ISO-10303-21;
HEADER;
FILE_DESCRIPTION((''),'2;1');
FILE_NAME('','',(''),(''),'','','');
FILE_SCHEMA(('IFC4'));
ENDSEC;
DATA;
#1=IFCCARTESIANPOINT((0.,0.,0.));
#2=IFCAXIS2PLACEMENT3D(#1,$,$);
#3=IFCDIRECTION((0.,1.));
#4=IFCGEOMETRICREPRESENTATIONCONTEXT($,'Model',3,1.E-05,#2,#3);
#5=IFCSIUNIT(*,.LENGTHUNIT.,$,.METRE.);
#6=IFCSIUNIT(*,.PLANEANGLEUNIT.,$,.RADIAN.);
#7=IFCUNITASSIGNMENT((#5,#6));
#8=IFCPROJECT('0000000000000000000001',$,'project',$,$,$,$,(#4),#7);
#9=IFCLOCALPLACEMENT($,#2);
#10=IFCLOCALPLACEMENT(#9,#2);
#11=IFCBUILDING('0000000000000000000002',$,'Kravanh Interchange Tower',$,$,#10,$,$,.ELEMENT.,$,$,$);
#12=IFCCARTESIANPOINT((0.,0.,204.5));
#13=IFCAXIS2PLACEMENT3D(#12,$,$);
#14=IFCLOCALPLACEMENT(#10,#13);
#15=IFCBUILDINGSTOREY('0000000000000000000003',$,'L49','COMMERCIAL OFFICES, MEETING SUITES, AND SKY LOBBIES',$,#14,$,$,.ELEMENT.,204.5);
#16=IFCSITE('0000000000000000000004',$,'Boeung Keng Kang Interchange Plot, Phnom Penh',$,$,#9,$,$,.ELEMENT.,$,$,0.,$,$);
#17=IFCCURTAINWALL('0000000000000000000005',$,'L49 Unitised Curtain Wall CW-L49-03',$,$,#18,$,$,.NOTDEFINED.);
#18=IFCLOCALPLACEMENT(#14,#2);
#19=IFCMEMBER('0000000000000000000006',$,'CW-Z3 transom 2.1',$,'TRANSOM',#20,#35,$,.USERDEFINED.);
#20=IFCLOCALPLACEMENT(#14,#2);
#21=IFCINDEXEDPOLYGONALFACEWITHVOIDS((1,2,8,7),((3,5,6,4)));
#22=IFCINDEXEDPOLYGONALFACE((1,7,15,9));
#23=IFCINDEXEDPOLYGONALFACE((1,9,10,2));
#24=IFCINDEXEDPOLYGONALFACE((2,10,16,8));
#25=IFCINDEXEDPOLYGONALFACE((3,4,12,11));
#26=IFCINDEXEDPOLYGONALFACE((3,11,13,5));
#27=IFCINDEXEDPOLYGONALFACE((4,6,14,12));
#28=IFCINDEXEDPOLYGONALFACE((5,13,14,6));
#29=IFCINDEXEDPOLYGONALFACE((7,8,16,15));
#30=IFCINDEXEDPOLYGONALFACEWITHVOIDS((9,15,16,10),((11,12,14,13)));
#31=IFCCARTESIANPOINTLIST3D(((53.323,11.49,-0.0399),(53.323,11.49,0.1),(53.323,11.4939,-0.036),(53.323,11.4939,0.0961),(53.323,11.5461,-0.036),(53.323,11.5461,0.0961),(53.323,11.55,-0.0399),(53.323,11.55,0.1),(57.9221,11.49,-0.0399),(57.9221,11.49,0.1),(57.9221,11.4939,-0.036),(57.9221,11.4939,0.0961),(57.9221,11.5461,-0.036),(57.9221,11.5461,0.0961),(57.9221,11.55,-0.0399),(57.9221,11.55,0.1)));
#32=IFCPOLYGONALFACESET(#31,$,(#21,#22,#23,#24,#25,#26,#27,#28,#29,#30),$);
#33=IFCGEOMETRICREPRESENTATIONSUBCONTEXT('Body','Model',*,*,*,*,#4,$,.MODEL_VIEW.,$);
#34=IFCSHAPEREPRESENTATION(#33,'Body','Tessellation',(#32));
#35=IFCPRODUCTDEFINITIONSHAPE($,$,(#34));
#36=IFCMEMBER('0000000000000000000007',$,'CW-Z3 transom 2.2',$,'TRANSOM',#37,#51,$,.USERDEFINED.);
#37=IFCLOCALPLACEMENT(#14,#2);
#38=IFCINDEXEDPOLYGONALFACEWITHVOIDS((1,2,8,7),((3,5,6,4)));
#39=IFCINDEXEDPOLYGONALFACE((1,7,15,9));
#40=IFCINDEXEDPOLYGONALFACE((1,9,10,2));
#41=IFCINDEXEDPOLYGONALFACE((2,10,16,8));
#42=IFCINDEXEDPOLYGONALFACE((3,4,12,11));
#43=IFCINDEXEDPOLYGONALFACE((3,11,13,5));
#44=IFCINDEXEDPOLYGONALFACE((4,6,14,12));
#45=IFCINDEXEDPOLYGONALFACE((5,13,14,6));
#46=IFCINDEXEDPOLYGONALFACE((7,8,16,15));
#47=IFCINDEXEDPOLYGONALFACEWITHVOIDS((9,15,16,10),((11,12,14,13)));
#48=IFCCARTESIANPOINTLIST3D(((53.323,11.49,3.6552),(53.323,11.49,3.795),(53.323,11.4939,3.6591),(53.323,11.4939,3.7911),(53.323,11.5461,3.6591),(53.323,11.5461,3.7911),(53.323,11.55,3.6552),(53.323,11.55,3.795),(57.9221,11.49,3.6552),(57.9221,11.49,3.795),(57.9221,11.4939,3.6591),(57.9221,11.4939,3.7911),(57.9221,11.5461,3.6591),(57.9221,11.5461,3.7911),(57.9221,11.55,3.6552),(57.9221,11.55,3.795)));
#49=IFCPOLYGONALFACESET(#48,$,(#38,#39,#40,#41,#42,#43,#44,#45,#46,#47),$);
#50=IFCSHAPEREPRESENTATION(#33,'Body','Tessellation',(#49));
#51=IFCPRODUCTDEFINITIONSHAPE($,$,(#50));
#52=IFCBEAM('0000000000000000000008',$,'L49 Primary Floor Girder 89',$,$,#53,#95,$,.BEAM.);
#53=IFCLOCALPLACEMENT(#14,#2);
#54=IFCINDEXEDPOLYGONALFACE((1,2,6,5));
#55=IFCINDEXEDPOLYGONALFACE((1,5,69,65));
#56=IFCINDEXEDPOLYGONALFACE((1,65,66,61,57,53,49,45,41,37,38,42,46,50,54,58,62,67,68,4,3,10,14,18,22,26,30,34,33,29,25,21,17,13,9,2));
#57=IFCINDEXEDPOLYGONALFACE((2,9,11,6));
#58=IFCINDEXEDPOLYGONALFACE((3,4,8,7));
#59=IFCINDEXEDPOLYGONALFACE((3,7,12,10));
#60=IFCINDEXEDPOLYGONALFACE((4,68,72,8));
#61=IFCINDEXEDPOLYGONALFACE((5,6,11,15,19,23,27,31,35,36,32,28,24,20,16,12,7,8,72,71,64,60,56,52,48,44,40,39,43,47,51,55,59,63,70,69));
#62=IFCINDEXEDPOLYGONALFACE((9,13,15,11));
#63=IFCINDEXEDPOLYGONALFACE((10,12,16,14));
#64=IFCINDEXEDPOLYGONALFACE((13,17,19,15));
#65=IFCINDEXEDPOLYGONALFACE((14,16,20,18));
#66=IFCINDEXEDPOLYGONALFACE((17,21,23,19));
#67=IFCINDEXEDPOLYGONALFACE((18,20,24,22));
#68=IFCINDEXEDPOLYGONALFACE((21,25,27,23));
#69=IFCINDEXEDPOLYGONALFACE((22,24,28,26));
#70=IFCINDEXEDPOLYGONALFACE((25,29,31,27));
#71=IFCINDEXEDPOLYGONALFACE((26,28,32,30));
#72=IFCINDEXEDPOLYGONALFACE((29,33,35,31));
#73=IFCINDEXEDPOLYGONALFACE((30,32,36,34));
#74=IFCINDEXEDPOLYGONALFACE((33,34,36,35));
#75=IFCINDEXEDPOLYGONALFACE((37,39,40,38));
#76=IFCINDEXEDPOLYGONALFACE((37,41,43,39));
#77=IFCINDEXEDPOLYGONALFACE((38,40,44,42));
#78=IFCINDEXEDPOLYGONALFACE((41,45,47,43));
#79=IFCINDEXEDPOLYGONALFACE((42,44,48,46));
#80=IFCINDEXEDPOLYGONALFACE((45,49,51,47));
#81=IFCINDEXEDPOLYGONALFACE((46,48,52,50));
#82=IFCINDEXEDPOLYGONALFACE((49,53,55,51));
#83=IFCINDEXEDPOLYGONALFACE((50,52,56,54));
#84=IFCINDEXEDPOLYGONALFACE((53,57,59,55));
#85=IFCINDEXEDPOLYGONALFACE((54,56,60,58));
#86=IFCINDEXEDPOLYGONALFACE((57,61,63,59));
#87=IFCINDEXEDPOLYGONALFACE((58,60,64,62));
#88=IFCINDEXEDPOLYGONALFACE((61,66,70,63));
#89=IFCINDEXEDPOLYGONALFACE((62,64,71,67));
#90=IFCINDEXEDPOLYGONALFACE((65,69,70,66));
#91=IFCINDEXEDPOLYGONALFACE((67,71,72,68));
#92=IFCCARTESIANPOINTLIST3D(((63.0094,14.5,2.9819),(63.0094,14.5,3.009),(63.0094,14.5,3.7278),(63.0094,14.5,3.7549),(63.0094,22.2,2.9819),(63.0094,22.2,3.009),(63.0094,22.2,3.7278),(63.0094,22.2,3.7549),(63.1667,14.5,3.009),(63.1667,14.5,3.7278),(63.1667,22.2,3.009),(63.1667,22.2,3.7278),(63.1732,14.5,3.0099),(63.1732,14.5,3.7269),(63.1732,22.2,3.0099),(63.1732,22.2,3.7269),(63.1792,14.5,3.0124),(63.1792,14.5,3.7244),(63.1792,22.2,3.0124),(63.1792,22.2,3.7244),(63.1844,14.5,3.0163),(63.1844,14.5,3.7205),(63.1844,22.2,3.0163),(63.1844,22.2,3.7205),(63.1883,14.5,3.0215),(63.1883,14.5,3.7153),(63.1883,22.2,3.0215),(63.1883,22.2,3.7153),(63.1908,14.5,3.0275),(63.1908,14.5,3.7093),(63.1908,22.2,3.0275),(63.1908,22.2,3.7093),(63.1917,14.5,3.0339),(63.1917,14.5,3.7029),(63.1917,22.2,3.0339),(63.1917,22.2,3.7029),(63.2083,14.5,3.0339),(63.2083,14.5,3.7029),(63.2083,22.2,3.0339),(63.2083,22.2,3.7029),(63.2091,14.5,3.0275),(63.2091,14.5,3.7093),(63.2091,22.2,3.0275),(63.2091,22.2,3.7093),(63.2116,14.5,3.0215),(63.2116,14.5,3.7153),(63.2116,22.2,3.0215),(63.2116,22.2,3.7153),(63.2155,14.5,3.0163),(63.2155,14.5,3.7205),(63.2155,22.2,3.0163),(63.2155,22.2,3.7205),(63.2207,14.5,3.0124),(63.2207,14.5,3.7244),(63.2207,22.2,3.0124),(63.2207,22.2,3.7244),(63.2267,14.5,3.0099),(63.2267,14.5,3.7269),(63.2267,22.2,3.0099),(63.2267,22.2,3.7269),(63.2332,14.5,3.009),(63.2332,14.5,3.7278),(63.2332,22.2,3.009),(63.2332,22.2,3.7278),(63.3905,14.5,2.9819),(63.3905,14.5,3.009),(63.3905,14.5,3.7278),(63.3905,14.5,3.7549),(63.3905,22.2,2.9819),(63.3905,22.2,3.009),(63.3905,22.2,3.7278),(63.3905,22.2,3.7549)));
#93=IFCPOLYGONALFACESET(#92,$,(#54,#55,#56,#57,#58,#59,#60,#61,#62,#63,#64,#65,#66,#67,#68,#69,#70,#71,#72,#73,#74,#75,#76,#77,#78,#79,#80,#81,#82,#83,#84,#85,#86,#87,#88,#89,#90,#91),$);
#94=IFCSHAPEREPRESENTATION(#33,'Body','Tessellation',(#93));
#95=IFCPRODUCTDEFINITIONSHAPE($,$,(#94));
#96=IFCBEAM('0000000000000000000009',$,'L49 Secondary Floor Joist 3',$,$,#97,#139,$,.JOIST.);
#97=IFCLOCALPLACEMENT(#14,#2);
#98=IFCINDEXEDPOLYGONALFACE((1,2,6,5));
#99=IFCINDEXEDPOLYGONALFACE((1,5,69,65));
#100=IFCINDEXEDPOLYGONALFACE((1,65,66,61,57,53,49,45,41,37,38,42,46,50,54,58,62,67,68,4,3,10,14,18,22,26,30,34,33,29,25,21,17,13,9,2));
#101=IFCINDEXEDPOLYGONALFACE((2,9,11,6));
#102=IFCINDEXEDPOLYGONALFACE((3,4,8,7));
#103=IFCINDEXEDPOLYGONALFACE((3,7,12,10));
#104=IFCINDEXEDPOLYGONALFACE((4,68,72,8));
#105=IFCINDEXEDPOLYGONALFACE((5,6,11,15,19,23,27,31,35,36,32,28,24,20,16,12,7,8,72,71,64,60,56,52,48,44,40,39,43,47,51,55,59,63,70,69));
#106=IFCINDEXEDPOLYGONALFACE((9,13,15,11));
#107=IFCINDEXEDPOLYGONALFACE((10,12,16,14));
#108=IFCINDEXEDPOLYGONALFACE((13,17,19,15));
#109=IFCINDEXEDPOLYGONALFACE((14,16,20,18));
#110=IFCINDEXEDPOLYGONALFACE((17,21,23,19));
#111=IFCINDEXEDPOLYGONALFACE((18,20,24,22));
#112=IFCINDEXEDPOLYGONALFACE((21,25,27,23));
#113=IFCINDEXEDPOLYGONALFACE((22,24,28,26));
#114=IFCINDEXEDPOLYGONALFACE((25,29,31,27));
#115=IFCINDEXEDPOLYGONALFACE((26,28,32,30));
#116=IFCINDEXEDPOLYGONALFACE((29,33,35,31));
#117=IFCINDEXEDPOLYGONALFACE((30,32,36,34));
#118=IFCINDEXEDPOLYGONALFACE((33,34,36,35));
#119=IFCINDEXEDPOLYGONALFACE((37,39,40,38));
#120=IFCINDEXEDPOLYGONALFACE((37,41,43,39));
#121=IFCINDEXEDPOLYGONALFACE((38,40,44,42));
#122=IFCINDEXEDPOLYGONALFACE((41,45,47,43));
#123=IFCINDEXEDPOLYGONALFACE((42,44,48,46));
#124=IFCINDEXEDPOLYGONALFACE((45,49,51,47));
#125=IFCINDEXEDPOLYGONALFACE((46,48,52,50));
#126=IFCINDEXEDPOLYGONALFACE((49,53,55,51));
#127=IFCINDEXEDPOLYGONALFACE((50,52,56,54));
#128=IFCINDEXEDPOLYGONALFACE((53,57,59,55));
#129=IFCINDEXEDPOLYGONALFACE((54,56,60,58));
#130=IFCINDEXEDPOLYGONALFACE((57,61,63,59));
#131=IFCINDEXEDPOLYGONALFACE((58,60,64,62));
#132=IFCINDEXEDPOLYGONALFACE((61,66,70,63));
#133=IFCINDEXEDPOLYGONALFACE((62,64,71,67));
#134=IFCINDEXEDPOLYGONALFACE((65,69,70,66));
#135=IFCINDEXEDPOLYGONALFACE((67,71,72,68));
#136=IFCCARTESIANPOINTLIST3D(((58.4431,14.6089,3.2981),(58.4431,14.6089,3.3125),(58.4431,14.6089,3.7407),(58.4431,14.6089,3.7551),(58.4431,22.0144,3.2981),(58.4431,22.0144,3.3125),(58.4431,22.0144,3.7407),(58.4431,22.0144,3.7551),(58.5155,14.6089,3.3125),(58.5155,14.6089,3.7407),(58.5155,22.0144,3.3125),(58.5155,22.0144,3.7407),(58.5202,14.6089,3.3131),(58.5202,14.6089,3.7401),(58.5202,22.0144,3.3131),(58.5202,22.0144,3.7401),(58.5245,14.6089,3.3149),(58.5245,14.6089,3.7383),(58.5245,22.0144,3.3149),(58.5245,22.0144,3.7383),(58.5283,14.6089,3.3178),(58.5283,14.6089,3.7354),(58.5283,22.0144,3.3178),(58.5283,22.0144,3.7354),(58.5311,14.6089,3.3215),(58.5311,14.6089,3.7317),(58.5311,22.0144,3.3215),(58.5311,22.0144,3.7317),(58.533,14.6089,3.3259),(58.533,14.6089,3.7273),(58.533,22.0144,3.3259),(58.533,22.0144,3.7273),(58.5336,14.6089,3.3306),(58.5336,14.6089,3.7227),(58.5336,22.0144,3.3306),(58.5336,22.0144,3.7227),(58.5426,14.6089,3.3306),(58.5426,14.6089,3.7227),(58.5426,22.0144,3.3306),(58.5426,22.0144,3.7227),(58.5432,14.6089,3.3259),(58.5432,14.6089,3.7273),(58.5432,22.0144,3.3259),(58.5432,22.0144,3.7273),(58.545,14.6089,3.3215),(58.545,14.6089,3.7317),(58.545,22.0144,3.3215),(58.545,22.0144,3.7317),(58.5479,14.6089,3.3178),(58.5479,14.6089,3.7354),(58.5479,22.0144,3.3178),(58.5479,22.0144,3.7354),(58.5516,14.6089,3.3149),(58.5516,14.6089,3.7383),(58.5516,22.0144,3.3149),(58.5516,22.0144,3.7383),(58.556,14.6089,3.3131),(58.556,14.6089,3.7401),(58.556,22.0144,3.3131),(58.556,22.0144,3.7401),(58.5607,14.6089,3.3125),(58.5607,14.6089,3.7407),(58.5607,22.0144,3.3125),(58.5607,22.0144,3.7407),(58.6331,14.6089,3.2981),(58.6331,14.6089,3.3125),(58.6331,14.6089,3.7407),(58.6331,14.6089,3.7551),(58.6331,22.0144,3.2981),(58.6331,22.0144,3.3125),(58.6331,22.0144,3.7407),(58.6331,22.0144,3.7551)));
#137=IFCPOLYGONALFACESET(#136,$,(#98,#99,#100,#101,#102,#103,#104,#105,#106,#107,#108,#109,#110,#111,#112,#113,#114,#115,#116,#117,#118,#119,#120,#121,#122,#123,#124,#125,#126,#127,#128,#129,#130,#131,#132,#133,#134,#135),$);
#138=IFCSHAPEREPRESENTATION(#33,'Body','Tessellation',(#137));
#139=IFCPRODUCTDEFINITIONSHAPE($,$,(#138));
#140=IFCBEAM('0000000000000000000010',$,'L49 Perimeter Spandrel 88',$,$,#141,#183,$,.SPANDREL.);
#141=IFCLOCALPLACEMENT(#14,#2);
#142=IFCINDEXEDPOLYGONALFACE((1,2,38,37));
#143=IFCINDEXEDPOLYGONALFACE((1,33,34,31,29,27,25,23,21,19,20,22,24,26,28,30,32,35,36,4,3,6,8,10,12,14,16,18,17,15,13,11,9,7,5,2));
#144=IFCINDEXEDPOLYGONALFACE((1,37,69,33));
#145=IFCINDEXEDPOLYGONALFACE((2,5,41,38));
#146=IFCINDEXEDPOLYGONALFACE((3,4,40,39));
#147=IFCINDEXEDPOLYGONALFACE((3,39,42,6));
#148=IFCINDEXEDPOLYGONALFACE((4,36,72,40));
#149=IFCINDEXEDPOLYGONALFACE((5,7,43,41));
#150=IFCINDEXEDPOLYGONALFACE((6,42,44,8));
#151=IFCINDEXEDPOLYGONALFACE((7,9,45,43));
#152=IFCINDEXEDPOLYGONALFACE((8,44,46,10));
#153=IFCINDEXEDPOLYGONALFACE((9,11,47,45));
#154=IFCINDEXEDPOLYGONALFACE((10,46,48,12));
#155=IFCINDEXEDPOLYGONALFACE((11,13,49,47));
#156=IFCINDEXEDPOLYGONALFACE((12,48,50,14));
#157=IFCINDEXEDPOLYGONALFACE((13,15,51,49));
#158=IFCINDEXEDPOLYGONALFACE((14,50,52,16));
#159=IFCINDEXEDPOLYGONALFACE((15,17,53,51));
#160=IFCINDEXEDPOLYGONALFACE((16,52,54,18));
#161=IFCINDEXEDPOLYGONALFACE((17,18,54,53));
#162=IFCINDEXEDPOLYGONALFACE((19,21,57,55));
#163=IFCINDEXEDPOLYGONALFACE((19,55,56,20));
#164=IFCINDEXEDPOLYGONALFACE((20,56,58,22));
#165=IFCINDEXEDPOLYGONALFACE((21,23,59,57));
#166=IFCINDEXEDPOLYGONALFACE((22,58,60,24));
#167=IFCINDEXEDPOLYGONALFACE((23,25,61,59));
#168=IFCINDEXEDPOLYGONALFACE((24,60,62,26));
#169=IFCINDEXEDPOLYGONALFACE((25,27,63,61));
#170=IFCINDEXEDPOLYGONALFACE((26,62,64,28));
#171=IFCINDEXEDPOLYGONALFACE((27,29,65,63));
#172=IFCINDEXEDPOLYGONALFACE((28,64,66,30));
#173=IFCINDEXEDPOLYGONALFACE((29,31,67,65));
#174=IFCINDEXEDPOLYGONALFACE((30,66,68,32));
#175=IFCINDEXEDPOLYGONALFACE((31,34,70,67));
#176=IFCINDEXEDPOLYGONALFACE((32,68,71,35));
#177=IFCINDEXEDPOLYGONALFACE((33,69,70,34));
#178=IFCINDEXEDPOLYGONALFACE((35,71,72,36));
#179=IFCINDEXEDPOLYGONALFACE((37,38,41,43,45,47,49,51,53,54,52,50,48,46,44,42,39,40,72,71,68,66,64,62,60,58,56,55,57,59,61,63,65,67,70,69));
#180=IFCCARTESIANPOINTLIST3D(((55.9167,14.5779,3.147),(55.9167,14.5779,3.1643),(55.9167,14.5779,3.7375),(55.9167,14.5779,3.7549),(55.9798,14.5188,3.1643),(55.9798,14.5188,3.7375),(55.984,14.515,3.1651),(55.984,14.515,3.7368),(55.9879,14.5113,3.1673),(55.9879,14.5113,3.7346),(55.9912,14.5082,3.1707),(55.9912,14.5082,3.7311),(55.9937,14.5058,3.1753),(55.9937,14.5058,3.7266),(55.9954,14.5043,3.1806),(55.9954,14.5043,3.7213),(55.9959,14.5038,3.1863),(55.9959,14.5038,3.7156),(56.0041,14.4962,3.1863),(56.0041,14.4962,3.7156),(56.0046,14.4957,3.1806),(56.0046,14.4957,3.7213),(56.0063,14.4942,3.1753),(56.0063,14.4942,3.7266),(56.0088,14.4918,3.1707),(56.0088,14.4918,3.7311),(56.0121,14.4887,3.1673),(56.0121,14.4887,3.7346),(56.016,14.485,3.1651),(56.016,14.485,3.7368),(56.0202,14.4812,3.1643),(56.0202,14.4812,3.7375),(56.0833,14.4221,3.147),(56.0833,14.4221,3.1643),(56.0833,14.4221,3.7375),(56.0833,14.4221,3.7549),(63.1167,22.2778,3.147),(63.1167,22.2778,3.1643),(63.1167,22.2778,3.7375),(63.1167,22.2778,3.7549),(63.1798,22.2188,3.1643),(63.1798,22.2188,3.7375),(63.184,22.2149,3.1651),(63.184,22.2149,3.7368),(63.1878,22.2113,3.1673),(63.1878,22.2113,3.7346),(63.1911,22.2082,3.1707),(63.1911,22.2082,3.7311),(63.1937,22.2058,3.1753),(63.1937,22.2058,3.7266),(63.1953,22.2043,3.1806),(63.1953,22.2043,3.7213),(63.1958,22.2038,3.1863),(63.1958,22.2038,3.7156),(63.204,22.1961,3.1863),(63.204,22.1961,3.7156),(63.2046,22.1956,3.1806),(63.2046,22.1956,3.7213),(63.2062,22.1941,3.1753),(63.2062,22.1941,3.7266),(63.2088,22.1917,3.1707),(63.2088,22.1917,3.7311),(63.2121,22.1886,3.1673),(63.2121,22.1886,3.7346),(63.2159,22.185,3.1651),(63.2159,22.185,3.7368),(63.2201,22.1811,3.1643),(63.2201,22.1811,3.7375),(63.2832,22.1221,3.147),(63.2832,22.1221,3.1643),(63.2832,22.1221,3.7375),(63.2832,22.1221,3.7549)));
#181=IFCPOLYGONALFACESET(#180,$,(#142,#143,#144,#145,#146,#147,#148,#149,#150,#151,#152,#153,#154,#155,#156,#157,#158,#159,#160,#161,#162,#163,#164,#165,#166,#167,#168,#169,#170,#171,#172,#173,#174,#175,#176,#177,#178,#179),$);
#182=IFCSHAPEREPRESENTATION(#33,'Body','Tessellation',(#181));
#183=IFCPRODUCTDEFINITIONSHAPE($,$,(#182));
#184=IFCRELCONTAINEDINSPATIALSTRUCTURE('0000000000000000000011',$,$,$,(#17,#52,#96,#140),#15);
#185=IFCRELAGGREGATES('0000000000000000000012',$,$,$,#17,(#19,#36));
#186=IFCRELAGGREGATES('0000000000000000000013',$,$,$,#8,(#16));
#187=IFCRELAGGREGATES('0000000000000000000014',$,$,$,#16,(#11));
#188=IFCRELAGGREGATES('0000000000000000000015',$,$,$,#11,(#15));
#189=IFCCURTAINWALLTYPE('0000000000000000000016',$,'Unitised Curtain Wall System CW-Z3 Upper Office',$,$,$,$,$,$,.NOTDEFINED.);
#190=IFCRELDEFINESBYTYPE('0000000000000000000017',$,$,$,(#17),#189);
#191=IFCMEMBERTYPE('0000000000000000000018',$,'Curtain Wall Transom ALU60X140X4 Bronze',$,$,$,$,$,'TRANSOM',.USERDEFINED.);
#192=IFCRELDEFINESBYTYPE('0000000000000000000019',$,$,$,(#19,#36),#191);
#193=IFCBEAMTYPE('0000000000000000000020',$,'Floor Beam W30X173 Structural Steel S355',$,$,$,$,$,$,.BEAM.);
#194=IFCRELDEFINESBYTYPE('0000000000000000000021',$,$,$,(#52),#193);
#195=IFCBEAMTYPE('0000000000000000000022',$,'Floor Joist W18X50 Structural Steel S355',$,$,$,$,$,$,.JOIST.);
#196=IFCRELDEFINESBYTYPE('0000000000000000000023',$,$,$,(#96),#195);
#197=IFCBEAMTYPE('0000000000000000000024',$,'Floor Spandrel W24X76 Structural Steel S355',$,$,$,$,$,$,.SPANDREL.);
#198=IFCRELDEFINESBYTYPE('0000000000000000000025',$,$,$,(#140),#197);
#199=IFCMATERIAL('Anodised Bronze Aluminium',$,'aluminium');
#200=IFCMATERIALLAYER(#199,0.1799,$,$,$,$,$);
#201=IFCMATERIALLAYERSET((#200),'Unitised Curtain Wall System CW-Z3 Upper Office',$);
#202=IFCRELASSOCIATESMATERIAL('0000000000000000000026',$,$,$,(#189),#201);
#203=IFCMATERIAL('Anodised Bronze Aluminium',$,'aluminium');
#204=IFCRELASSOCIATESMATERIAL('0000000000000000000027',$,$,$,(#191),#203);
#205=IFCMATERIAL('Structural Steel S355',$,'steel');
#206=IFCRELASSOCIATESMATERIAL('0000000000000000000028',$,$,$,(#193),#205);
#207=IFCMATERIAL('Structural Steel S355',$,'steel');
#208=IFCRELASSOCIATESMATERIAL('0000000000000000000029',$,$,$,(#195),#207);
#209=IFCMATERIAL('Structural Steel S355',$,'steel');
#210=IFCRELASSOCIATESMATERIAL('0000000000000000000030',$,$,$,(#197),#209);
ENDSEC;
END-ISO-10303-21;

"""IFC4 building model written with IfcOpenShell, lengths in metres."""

from ifc_helpers import new_model, si_unit, direction, frame, origin, origin_2d, place, context, subcontext, project, spatial, hollow_rectangle, i_section, extrude, material, layer, layer_set, material_profile, profile_set, type_object, element, aggregate, save


model = new_model("IFC4")

# Units and contexts
model_context = context("Model", 3, precision=1e-05, world=origin(), true_north=direction((0.0, 1.0)))
body_context = subcontext(model_context, "Body", "Model", "MODEL_VIEW")
ifc_project = project(units=[si_unit("LENGTHUNIT", "METRE"), si_unit("PLANEANGLEUNIT", "RADIAN")], contexts=[model_context])

# Site, building, storey
site_placement = place(None, origin())
site = spatial("IfcSite", under=ifc_project, at=site_placement, Name="Boeung Keng Kang Interchange Plot, Phnom Penh", CompositionType="ELEMENT", RefElevation=0.0)
building_placement = place(site_placement, origin())
building = spatial("IfcBuilding", under=site, at=building_placement, Name="Kravanh Interchange Tower", CompositionType="ELEMENT")
storey_placement = place(building_placement, frame((0.0, 0.0, 204.5)))
storey = spatial("IfcBuildingStorey", under=building, at=storey_placement, Name="L49", Description="COMMERCIAL OFFICES, MEETING SUITES, AND SKY LOBBIES", CompositionType="ELEMENT", Elevation=204.5)

# Curtain wall
ifc_material_1 = material(Name="Anodised Bronze Aluminium", Category="aluminium")
ifc_layer_1 = layer(ifc_material_1, 0.1799)
ifc_layer_set_1 = layer_set([ifc_layer_1], Name="Unitised Curtain Wall System CW-Z3 Upper Office")
curtain_wall_type = type_object("IfcCurtainWallType", Name="Unitised Curtain Wall System CW-Z3 Upper Office", PredefinedType="NOTDEFINED", material=ifc_layer_set_1)
curtain_wall_1_placement = place(storey_placement, origin())
curtain_wall_1 = element("IfcCurtainWall", 1, at=curtain_wall_1_placement, inside=storey, type_object=curtain_wall_type, Name="L49 Unitised Curtain Wall CW-L49-03", PredefinedType="NOTDEFINED")

# Members
ifc_material_2 = material(Name="Anodised Bronze Aluminium", Category="aluminium")
ifc_material_profile_1 = material_profile(ifc_material_2, hollow_rectangle(XDim=0.0601, YDim=0.1399, WallThickness=0.0039, at=origin_2d()), Name="ALU60X140X4")
ifc_profile_set_1 = profile_set([ifc_material_profile_1], Name="Anodised Bronze Aluminium")
member_type_1 = type_object("IfcMemberType", Name="Curtain Wall Transom ALU60X140X4 Bronze", ElementType="TRANSOM", PredefinedType="USERDEFINED", material=ifc_profile_set_1)
member_1_placement = place(storey_placement, frame((57.9221, 11.52, 0.03), z_axis=(-1.0, 0.0, 0.0), x_axis=(0.0, -1.0, 0.0)))
member_1 = element("IfcMember", 2, at=member_1_placement, type_object=member_type_1, Name="CW-Z3 transom 2.1", ObjectType="TRANSOM", PredefinedType="USERDEFINED", context=body_context, shape_type="SweptSolid", body=[
    extrude(hollow_rectangle(XDim=0.0601, YDim=0.1399, WallThickness=0.0039, at=origin_2d()), origin(), (0.0, 0.0, 1.0), 4.5991),
])
member_2_placement = place(storey_placement, frame((57.9221, 11.52, 3.7251), z_axis=(-1.0, 0.0, 0.0), x_axis=(0.0, -1.0, 0.0)))
member_2 = element("IfcMember", 3, at=member_2_placement, type_object=member_type_1, Name="CW-Z3 transom 2.2", ObjectType="TRANSOM", PredefinedType="USERDEFINED", context=body_context, shape_type="SweptSolid", body=[
    extrude(hollow_rectangle(XDim=0.0601, YDim=0.1399, WallThickness=0.0039, at=origin_2d()), origin(), (0.0, 0.0, 1.0), 4.5991),
])

# Beams
ifc_material_3 = material(Name="Structural Steel S355", Category="steel")
ifc_material_profile_2 = material_profile(ifc_material_3, i_section(OverallWidth=0.3811, OverallDepth=0.7729, WebThickness=0.0166, FlangeThickness=0.0271, FilletRadius=0.0249, at=origin_2d()), Name="W30X173")
ifc_profile_set_2 = profile_set([ifc_material_profile_2], Name="Structural Steel S355")
beam_type_1 = type_object("IfcBeamType", Name="Floor Beam W30X173 Structural Steel S355", PredefinedType="BEAM", material=ifc_profile_set_2)
beam_1_placement = place(storey_placement, frame((63.2, 14.5, 3.3684), z_axis=(0.0, 1.0, 0.0), x_axis=(-1.0, 0.0, 0.0)))
element("IfcBeam", 4, at=beam_1_placement, inside=storey, type_object=beam_type_1, Name="L49 Primary Floor Girder 89", PredefinedType="BEAM", context=body_context, shape_type="SweptSolid", body=[
    extrude(i_section(OverallWidth=0.3811, OverallDepth=0.7729, WebThickness=0.0166, FlangeThickness=0.0271, FilletRadius=0.0249, at=origin_2d()), origin(), (0.0, 0.0, 1.0), 7.7),
])
ifc_material_4 = material(Name="Structural Steel S355", Category="steel")
ifc_material_profile_3 = material_profile(ifc_material_4, i_section(OverallWidth=0.1899, OverallDepth=0.457, WebThickness=0.009, FlangeThickness=0.0144, FilletRadius=0.0181, at=origin_2d()), Name="W18X50")
ifc_profile_set_3 = profile_set([ifc_material_profile_3], Name="Structural Steel S355")
beam_type_2 = type_object("IfcBeamType", Name="Floor Joist W18X50 Structural Steel S355", PredefinedType="JOIST", material=ifc_profile_set_3)
beam_2_placement = place(storey_placement, frame((58.5381, 14.6089, 3.5266), z_axis=(0.0, 1.0, 0.0), x_axis=(-1.0, 0.0, 0.0)))
element("IfcBeam", 5, at=beam_2_placement, inside=storey, type_object=beam_type_2, Name="L49 Secondary Floor Joist 3", PredefinedType="JOIST", context=body_context, shape_type="SweptSolid", body=[
    extrude(i_section(OverallWidth=0.1899, OverallDepth=0.457, WebThickness=0.009, FlangeThickness=0.0144, FilletRadius=0.0181, at=origin_2d()), origin(), (0.0, 0.0, 1.0), 7.4055),
])
ifc_material_5 = material(Name="Structural Steel S355", Category="steel")
ifc_material_profile_4 = material_profile(ifc_material_5, i_section(OverallWidth=0.228, OverallDepth=0.6079, WebThickness=0.0112, FlangeThickness=0.0173, FilletRadius=0.022, at=origin_2d()), Name="W24X76")
ifc_profile_set_4 = profile_set([ifc_material_profile_4], Name="Structural Steel S355")
beam_type_3 = type_object("IfcBeamType", Name="Floor Spandrel W24X76 Structural Steel S355", PredefinedType="SPANDREL", material=ifc_profile_set_4)
for number, where, z_axis, x_axis, name in (
    (6, (56.0, 14.5, 3.4509), (0.682994, 0.730424, 0.0), (-0.730424, 0.682994, 0.0), "L49 Perimeter Spandrel 88"),
):
    element("IfcBeam", number, at=place(storey_placement, frame(where, z_axis=z_axis, x_axis=x_axis)), inside=storey, type_object=beam_type_3, Name=name, PredefinedType="SPANDREL", context=body_context, shape_type="SweptSolid", body=[
        extrude(i_section(OverallWidth=0.228, OverallDepth=0.6079, WebThickness=0.0112, FlangeThickness=0.0173, FilletRadius=0.022, at=origin_2d()), origin(), (0.0, 0.0, 1.0), 10.5417),
    ])

aggregate(curtain_wall_1, [member_1, member_2])

save(model, "model.ifc")
